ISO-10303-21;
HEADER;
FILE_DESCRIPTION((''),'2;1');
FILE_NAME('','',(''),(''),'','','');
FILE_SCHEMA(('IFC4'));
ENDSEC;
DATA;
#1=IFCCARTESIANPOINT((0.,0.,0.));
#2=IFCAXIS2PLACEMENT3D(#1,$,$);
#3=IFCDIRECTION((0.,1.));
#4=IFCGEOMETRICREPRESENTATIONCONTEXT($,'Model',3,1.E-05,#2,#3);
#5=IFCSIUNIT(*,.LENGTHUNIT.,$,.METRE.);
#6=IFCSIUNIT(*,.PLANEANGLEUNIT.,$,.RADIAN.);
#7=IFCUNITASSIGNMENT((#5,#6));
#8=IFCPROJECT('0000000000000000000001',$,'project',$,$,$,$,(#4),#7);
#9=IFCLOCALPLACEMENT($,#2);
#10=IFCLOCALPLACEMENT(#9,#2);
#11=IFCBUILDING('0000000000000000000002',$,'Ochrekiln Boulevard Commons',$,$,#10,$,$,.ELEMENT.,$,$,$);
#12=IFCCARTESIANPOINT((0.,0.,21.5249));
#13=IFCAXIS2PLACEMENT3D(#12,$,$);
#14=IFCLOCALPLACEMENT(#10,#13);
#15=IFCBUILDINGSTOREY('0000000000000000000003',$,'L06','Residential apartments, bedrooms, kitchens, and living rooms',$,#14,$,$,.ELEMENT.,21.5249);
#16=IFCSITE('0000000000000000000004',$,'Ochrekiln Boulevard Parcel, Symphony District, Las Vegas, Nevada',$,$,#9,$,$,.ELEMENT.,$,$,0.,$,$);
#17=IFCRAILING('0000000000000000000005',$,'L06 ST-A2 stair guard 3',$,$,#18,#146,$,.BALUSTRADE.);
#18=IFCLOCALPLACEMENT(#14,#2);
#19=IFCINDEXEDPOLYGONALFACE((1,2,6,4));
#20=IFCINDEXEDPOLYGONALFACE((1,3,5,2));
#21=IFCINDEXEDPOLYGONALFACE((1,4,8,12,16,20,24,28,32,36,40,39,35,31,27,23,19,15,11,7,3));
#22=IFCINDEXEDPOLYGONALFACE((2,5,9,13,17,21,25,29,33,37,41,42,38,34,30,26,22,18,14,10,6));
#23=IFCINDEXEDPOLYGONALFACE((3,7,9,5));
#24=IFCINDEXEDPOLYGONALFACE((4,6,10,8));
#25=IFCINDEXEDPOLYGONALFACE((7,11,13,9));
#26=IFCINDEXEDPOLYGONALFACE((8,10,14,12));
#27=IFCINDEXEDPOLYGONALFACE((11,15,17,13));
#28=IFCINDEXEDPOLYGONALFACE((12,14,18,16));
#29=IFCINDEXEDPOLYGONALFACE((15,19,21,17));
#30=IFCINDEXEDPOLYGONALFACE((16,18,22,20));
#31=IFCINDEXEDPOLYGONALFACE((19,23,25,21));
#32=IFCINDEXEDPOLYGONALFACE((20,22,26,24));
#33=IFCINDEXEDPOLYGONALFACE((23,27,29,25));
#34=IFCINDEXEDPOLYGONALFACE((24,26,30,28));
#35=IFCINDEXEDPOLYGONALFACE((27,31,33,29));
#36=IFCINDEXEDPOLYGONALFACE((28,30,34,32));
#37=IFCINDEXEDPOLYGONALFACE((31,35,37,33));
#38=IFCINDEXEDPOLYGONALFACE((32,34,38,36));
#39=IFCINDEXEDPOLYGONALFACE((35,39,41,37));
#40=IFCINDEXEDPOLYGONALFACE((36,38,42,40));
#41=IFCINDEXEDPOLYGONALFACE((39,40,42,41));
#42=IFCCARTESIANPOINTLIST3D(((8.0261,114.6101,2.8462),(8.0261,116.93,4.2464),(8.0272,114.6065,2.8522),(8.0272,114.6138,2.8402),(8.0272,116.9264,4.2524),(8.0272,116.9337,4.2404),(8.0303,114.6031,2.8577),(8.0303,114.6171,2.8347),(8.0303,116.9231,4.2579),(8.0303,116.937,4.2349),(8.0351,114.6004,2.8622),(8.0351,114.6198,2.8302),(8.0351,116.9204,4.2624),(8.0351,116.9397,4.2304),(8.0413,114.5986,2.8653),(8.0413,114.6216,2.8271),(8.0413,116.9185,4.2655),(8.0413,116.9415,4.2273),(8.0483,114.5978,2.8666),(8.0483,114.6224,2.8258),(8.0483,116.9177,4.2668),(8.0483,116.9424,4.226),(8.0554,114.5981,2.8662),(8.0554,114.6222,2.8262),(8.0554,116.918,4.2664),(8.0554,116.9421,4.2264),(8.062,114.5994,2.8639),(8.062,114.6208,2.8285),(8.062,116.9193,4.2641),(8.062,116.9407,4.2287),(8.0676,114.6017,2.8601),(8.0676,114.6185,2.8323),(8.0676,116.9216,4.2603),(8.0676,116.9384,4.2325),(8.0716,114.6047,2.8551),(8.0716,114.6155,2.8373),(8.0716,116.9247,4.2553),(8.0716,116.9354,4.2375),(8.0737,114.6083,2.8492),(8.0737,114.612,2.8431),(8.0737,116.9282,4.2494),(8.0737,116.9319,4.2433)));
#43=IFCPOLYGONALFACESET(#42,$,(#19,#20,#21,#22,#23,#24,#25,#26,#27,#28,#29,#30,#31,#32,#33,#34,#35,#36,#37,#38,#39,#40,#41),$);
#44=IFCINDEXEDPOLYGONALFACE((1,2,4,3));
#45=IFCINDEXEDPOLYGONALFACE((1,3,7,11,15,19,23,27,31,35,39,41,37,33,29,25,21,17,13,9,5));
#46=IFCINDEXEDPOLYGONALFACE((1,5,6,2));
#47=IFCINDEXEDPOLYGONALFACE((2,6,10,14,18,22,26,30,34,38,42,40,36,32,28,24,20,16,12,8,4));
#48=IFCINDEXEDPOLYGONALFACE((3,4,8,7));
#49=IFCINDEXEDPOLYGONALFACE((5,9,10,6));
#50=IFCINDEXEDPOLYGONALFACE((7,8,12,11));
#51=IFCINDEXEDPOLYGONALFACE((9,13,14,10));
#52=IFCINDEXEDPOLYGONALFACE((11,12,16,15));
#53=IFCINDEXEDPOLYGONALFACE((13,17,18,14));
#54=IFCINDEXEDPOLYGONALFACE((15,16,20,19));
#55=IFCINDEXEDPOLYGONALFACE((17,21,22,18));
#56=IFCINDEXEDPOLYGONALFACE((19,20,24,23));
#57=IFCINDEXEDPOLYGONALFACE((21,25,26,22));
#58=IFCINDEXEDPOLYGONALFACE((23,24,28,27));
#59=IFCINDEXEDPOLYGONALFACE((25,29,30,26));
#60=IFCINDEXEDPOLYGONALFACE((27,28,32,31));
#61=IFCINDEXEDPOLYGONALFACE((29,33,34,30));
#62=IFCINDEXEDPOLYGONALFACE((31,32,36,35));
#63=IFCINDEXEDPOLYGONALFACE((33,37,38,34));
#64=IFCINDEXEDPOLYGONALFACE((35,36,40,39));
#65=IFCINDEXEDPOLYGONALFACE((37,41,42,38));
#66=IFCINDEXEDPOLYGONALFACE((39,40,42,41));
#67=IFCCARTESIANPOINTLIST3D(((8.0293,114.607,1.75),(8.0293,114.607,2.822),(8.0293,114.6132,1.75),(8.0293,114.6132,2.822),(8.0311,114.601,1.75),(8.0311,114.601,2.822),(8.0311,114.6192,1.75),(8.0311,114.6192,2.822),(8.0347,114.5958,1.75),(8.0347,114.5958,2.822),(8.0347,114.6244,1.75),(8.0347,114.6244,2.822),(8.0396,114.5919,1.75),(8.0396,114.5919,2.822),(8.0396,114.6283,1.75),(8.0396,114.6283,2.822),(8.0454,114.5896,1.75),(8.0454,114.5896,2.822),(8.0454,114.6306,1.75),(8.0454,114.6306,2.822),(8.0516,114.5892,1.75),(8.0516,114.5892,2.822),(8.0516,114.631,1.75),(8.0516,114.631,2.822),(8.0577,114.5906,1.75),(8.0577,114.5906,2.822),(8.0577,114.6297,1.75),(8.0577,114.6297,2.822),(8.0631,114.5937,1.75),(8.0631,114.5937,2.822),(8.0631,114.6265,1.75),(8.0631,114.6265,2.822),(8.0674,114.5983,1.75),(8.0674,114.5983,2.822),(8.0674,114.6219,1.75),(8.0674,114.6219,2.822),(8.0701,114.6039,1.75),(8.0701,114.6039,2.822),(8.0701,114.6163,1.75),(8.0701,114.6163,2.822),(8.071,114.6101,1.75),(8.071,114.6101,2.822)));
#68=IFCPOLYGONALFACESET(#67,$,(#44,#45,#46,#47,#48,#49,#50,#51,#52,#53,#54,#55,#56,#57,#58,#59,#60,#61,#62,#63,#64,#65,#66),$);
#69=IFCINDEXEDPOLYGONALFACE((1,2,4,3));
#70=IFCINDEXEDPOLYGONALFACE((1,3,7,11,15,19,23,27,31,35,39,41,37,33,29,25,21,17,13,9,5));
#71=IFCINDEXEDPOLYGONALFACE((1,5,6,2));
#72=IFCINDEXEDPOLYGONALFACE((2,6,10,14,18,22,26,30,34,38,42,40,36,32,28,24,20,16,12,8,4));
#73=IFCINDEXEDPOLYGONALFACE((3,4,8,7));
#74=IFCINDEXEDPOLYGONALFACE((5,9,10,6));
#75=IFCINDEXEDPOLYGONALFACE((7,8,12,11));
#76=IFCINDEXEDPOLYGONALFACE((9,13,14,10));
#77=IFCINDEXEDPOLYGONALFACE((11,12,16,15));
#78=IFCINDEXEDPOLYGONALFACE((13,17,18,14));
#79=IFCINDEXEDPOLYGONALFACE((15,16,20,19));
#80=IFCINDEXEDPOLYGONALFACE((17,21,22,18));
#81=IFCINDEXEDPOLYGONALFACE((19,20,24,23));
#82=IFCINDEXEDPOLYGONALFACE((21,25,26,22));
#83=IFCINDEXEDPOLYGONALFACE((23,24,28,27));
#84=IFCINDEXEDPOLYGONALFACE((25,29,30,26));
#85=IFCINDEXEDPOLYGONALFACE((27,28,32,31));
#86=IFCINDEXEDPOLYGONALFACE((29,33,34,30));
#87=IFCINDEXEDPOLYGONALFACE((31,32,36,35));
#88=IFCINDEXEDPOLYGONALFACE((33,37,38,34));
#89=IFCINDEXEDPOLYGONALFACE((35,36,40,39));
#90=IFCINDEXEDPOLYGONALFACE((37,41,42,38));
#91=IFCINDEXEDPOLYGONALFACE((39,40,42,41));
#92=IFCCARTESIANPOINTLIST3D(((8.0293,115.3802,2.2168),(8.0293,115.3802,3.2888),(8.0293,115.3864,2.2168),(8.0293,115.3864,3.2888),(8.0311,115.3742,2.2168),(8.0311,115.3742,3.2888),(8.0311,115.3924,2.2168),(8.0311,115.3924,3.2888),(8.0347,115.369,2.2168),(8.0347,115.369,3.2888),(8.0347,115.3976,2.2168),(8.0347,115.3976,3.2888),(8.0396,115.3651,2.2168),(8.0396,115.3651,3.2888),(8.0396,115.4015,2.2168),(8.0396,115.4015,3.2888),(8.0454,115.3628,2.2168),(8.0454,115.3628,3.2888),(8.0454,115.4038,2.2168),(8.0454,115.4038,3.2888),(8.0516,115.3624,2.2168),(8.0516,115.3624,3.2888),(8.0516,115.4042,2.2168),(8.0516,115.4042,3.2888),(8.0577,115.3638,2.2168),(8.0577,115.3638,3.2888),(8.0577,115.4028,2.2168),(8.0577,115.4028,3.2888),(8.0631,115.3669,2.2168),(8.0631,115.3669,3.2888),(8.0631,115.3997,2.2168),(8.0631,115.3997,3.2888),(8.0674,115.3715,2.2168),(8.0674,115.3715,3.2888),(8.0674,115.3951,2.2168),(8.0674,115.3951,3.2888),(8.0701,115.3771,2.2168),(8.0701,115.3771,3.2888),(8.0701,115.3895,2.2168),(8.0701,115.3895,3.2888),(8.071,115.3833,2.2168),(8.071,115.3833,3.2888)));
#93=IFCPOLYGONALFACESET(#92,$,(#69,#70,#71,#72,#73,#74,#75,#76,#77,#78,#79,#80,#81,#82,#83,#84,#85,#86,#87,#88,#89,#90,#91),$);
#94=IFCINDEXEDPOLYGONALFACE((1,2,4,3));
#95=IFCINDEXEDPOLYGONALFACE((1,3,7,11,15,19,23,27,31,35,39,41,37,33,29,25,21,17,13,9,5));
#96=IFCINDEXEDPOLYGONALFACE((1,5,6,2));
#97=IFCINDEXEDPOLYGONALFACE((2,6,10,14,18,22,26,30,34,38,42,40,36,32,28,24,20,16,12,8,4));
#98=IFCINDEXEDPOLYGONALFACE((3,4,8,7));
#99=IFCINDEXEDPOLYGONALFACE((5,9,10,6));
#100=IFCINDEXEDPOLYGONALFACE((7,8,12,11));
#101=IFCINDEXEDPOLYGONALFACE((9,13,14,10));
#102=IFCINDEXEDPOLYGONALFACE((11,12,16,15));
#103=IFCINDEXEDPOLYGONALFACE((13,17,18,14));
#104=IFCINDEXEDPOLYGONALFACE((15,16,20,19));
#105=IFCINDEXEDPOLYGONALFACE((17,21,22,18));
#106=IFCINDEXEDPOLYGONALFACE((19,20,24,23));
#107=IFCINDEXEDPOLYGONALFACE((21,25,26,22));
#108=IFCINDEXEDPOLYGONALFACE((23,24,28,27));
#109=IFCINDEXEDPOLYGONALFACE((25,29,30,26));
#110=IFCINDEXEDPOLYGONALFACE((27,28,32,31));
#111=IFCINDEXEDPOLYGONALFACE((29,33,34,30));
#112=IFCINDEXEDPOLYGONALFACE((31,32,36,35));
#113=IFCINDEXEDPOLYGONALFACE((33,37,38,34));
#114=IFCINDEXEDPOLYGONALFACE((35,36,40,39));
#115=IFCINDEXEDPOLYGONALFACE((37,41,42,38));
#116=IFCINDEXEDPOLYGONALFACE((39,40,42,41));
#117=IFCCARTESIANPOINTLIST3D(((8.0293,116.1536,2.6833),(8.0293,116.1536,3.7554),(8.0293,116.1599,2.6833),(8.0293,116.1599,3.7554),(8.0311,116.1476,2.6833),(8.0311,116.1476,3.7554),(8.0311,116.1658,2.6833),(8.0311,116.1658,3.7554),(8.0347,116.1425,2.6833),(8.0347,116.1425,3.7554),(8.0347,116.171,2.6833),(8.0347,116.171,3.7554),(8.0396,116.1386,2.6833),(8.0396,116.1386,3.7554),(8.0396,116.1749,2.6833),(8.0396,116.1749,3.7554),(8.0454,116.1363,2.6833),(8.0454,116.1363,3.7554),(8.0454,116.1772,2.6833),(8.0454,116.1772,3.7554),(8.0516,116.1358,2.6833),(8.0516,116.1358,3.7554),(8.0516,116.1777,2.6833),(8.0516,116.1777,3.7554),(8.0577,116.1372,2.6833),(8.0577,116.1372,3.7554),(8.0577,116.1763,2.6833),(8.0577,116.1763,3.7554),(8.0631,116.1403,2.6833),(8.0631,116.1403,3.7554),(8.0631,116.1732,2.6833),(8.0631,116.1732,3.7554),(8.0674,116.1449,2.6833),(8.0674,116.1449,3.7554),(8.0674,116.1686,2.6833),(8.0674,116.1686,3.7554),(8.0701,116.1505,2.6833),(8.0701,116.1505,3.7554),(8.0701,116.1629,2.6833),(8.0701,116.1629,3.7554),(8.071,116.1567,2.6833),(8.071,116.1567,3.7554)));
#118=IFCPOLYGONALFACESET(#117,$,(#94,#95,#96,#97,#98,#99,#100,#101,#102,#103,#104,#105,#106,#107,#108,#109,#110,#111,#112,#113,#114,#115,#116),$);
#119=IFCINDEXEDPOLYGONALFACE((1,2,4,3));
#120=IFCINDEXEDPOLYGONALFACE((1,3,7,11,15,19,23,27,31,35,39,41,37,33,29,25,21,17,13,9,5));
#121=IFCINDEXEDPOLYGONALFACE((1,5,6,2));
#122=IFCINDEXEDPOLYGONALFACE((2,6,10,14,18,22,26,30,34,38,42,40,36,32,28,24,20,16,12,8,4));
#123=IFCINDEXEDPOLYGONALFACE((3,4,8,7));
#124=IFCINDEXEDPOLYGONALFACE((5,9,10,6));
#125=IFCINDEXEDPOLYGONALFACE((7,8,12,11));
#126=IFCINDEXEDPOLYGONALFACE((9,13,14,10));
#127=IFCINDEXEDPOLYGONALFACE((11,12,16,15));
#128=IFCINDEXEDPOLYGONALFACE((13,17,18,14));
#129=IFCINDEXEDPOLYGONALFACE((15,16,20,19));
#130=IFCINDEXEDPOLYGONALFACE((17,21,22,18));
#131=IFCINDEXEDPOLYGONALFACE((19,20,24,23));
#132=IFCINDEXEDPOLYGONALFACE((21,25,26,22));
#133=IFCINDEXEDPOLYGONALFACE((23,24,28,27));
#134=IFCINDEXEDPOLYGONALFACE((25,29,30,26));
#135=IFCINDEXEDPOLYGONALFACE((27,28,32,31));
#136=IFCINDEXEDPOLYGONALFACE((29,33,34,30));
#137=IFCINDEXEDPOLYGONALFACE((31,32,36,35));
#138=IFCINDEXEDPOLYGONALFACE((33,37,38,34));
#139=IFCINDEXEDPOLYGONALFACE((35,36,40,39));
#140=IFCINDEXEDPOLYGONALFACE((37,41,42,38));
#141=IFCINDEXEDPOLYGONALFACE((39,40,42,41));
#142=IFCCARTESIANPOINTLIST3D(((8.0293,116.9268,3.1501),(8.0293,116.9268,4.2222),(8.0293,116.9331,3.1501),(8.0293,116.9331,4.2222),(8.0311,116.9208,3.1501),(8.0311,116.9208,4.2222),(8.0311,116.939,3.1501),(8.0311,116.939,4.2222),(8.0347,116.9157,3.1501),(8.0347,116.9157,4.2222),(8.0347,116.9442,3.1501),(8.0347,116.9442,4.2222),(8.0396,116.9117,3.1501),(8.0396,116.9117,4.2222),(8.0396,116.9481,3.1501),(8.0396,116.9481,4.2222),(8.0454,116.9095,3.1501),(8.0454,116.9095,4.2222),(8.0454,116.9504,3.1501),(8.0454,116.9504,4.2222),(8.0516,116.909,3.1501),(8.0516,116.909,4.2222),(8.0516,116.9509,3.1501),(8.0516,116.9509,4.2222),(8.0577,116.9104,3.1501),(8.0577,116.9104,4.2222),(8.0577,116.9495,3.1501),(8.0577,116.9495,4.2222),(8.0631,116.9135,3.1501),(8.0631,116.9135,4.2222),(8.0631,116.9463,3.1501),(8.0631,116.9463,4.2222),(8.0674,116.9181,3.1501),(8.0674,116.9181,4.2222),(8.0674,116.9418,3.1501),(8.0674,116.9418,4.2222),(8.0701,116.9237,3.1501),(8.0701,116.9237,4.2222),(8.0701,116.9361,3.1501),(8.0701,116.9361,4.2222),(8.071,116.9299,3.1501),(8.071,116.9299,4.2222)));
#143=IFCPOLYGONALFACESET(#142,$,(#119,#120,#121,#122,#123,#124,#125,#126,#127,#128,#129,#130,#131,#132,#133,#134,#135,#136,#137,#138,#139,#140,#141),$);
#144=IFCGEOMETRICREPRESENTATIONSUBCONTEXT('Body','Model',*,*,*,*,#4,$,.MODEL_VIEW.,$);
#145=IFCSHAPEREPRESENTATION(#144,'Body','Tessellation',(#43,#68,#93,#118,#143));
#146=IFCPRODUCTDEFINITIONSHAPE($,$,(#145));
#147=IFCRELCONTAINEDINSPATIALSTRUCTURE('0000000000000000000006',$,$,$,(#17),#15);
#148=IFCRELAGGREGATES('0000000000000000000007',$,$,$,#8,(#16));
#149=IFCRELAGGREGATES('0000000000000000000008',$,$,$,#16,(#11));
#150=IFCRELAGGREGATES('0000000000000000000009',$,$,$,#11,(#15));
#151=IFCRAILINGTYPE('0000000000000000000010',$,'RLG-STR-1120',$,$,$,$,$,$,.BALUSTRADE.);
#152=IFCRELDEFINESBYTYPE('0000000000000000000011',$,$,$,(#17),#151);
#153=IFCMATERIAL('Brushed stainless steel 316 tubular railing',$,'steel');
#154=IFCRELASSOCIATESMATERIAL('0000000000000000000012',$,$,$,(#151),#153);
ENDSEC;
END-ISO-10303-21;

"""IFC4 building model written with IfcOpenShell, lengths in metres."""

from ifc_helpers import new_model, si_unit, direction, frame, origin, origin_2d, place, context, subcontext, project, spatial, circle, extrude, material, type_object, element, save


model = new_model("IFC4")

# Units and contexts
model_context = context("Model", 3, precision=1e-05, world=origin(), true_north=direction((0.0, 1.0)))
body_context = subcontext(model_context, "Body", "Model", "MODEL_VIEW")
ifc_project = project(units=[si_unit("LENGTHUNIT", "METRE"), si_unit("PLANEANGLEUNIT", "RADIAN")], contexts=[model_context])

# Site, building, storey
site_placement = place(None, origin())
site = spatial("IfcSite", under=ifc_project, at=site_placement, Name="Ochrekiln Boulevard Parcel, Symphony District, Las Vegas, Nevada", CompositionType="ELEMENT", RefElevation=0.0)
building_placement = place(site_placement, origin())
building = spatial("IfcBuilding", under=site, at=building_placement, Name="Ochrekiln Boulevard Commons", CompositionType="ELEMENT")
storey_placement = place(building_placement, frame((0.0, 0.0, 21.5249)))
storey = spatial("IfcBuildingStorey", under=building, at=storey_placement, Name="L06", Description="Residential apartments, bedrooms, kitchens, and living rooms", CompositionType="ELEMENT", Elevation=21.5249)

# Railing
ifc_material_1 = material(Name="Brushed stainless steel 316 tubular railing", Category="steel")
railing_type_1 = type_object("IfcRailingType", Name="RLG-STR-1120", PredefinedType="BALUSTRADE", material=ifc_material_1)
railing_1_placement = place(storey_placement, frame((8.05, 114.6101, 1.75)))
element("IfcRailing", 1, at=railing_1_placement, inside=storey, type_object=railing_type_1, Name="L06 ST-A2 stair guard 3", PredefinedType="BALUSTRADE", context=body_context, shape_type="SweptSolid", body=[
    extrude(circle(Radius=0.0239, at=origin_2d()), frame((0.0, 0.0, 1.0962), z_axis=(0.0, 0.856146, 0.516733), x_axis=(-1.0, 0.0, 0.0)), (0.0, 0.0, 1.0), 2.7097),
    extrude(circle(Radius=0.021, at=origin_2d()), origin(), (0.0, 0.0, 1.0), 1.072),
    extrude(circle(Radius=0.021, at=origin_2d()), frame((0.0, 0.7732, 0.4668)), (0.0, 0.0, 1.0), 1.072),
    extrude(circle(Radius=0.021, at=origin_2d()), frame((0.0, 1.5466, 0.9333)), (0.0, 0.0, 1.0), 1.072),
    extrude(circle(Radius=0.021, at=origin_2d()), frame((0.0, 2.3198, 1.4001)), (0.0, 0.0, 1.0), 1.072),
])

save(model, "model.ifc")
